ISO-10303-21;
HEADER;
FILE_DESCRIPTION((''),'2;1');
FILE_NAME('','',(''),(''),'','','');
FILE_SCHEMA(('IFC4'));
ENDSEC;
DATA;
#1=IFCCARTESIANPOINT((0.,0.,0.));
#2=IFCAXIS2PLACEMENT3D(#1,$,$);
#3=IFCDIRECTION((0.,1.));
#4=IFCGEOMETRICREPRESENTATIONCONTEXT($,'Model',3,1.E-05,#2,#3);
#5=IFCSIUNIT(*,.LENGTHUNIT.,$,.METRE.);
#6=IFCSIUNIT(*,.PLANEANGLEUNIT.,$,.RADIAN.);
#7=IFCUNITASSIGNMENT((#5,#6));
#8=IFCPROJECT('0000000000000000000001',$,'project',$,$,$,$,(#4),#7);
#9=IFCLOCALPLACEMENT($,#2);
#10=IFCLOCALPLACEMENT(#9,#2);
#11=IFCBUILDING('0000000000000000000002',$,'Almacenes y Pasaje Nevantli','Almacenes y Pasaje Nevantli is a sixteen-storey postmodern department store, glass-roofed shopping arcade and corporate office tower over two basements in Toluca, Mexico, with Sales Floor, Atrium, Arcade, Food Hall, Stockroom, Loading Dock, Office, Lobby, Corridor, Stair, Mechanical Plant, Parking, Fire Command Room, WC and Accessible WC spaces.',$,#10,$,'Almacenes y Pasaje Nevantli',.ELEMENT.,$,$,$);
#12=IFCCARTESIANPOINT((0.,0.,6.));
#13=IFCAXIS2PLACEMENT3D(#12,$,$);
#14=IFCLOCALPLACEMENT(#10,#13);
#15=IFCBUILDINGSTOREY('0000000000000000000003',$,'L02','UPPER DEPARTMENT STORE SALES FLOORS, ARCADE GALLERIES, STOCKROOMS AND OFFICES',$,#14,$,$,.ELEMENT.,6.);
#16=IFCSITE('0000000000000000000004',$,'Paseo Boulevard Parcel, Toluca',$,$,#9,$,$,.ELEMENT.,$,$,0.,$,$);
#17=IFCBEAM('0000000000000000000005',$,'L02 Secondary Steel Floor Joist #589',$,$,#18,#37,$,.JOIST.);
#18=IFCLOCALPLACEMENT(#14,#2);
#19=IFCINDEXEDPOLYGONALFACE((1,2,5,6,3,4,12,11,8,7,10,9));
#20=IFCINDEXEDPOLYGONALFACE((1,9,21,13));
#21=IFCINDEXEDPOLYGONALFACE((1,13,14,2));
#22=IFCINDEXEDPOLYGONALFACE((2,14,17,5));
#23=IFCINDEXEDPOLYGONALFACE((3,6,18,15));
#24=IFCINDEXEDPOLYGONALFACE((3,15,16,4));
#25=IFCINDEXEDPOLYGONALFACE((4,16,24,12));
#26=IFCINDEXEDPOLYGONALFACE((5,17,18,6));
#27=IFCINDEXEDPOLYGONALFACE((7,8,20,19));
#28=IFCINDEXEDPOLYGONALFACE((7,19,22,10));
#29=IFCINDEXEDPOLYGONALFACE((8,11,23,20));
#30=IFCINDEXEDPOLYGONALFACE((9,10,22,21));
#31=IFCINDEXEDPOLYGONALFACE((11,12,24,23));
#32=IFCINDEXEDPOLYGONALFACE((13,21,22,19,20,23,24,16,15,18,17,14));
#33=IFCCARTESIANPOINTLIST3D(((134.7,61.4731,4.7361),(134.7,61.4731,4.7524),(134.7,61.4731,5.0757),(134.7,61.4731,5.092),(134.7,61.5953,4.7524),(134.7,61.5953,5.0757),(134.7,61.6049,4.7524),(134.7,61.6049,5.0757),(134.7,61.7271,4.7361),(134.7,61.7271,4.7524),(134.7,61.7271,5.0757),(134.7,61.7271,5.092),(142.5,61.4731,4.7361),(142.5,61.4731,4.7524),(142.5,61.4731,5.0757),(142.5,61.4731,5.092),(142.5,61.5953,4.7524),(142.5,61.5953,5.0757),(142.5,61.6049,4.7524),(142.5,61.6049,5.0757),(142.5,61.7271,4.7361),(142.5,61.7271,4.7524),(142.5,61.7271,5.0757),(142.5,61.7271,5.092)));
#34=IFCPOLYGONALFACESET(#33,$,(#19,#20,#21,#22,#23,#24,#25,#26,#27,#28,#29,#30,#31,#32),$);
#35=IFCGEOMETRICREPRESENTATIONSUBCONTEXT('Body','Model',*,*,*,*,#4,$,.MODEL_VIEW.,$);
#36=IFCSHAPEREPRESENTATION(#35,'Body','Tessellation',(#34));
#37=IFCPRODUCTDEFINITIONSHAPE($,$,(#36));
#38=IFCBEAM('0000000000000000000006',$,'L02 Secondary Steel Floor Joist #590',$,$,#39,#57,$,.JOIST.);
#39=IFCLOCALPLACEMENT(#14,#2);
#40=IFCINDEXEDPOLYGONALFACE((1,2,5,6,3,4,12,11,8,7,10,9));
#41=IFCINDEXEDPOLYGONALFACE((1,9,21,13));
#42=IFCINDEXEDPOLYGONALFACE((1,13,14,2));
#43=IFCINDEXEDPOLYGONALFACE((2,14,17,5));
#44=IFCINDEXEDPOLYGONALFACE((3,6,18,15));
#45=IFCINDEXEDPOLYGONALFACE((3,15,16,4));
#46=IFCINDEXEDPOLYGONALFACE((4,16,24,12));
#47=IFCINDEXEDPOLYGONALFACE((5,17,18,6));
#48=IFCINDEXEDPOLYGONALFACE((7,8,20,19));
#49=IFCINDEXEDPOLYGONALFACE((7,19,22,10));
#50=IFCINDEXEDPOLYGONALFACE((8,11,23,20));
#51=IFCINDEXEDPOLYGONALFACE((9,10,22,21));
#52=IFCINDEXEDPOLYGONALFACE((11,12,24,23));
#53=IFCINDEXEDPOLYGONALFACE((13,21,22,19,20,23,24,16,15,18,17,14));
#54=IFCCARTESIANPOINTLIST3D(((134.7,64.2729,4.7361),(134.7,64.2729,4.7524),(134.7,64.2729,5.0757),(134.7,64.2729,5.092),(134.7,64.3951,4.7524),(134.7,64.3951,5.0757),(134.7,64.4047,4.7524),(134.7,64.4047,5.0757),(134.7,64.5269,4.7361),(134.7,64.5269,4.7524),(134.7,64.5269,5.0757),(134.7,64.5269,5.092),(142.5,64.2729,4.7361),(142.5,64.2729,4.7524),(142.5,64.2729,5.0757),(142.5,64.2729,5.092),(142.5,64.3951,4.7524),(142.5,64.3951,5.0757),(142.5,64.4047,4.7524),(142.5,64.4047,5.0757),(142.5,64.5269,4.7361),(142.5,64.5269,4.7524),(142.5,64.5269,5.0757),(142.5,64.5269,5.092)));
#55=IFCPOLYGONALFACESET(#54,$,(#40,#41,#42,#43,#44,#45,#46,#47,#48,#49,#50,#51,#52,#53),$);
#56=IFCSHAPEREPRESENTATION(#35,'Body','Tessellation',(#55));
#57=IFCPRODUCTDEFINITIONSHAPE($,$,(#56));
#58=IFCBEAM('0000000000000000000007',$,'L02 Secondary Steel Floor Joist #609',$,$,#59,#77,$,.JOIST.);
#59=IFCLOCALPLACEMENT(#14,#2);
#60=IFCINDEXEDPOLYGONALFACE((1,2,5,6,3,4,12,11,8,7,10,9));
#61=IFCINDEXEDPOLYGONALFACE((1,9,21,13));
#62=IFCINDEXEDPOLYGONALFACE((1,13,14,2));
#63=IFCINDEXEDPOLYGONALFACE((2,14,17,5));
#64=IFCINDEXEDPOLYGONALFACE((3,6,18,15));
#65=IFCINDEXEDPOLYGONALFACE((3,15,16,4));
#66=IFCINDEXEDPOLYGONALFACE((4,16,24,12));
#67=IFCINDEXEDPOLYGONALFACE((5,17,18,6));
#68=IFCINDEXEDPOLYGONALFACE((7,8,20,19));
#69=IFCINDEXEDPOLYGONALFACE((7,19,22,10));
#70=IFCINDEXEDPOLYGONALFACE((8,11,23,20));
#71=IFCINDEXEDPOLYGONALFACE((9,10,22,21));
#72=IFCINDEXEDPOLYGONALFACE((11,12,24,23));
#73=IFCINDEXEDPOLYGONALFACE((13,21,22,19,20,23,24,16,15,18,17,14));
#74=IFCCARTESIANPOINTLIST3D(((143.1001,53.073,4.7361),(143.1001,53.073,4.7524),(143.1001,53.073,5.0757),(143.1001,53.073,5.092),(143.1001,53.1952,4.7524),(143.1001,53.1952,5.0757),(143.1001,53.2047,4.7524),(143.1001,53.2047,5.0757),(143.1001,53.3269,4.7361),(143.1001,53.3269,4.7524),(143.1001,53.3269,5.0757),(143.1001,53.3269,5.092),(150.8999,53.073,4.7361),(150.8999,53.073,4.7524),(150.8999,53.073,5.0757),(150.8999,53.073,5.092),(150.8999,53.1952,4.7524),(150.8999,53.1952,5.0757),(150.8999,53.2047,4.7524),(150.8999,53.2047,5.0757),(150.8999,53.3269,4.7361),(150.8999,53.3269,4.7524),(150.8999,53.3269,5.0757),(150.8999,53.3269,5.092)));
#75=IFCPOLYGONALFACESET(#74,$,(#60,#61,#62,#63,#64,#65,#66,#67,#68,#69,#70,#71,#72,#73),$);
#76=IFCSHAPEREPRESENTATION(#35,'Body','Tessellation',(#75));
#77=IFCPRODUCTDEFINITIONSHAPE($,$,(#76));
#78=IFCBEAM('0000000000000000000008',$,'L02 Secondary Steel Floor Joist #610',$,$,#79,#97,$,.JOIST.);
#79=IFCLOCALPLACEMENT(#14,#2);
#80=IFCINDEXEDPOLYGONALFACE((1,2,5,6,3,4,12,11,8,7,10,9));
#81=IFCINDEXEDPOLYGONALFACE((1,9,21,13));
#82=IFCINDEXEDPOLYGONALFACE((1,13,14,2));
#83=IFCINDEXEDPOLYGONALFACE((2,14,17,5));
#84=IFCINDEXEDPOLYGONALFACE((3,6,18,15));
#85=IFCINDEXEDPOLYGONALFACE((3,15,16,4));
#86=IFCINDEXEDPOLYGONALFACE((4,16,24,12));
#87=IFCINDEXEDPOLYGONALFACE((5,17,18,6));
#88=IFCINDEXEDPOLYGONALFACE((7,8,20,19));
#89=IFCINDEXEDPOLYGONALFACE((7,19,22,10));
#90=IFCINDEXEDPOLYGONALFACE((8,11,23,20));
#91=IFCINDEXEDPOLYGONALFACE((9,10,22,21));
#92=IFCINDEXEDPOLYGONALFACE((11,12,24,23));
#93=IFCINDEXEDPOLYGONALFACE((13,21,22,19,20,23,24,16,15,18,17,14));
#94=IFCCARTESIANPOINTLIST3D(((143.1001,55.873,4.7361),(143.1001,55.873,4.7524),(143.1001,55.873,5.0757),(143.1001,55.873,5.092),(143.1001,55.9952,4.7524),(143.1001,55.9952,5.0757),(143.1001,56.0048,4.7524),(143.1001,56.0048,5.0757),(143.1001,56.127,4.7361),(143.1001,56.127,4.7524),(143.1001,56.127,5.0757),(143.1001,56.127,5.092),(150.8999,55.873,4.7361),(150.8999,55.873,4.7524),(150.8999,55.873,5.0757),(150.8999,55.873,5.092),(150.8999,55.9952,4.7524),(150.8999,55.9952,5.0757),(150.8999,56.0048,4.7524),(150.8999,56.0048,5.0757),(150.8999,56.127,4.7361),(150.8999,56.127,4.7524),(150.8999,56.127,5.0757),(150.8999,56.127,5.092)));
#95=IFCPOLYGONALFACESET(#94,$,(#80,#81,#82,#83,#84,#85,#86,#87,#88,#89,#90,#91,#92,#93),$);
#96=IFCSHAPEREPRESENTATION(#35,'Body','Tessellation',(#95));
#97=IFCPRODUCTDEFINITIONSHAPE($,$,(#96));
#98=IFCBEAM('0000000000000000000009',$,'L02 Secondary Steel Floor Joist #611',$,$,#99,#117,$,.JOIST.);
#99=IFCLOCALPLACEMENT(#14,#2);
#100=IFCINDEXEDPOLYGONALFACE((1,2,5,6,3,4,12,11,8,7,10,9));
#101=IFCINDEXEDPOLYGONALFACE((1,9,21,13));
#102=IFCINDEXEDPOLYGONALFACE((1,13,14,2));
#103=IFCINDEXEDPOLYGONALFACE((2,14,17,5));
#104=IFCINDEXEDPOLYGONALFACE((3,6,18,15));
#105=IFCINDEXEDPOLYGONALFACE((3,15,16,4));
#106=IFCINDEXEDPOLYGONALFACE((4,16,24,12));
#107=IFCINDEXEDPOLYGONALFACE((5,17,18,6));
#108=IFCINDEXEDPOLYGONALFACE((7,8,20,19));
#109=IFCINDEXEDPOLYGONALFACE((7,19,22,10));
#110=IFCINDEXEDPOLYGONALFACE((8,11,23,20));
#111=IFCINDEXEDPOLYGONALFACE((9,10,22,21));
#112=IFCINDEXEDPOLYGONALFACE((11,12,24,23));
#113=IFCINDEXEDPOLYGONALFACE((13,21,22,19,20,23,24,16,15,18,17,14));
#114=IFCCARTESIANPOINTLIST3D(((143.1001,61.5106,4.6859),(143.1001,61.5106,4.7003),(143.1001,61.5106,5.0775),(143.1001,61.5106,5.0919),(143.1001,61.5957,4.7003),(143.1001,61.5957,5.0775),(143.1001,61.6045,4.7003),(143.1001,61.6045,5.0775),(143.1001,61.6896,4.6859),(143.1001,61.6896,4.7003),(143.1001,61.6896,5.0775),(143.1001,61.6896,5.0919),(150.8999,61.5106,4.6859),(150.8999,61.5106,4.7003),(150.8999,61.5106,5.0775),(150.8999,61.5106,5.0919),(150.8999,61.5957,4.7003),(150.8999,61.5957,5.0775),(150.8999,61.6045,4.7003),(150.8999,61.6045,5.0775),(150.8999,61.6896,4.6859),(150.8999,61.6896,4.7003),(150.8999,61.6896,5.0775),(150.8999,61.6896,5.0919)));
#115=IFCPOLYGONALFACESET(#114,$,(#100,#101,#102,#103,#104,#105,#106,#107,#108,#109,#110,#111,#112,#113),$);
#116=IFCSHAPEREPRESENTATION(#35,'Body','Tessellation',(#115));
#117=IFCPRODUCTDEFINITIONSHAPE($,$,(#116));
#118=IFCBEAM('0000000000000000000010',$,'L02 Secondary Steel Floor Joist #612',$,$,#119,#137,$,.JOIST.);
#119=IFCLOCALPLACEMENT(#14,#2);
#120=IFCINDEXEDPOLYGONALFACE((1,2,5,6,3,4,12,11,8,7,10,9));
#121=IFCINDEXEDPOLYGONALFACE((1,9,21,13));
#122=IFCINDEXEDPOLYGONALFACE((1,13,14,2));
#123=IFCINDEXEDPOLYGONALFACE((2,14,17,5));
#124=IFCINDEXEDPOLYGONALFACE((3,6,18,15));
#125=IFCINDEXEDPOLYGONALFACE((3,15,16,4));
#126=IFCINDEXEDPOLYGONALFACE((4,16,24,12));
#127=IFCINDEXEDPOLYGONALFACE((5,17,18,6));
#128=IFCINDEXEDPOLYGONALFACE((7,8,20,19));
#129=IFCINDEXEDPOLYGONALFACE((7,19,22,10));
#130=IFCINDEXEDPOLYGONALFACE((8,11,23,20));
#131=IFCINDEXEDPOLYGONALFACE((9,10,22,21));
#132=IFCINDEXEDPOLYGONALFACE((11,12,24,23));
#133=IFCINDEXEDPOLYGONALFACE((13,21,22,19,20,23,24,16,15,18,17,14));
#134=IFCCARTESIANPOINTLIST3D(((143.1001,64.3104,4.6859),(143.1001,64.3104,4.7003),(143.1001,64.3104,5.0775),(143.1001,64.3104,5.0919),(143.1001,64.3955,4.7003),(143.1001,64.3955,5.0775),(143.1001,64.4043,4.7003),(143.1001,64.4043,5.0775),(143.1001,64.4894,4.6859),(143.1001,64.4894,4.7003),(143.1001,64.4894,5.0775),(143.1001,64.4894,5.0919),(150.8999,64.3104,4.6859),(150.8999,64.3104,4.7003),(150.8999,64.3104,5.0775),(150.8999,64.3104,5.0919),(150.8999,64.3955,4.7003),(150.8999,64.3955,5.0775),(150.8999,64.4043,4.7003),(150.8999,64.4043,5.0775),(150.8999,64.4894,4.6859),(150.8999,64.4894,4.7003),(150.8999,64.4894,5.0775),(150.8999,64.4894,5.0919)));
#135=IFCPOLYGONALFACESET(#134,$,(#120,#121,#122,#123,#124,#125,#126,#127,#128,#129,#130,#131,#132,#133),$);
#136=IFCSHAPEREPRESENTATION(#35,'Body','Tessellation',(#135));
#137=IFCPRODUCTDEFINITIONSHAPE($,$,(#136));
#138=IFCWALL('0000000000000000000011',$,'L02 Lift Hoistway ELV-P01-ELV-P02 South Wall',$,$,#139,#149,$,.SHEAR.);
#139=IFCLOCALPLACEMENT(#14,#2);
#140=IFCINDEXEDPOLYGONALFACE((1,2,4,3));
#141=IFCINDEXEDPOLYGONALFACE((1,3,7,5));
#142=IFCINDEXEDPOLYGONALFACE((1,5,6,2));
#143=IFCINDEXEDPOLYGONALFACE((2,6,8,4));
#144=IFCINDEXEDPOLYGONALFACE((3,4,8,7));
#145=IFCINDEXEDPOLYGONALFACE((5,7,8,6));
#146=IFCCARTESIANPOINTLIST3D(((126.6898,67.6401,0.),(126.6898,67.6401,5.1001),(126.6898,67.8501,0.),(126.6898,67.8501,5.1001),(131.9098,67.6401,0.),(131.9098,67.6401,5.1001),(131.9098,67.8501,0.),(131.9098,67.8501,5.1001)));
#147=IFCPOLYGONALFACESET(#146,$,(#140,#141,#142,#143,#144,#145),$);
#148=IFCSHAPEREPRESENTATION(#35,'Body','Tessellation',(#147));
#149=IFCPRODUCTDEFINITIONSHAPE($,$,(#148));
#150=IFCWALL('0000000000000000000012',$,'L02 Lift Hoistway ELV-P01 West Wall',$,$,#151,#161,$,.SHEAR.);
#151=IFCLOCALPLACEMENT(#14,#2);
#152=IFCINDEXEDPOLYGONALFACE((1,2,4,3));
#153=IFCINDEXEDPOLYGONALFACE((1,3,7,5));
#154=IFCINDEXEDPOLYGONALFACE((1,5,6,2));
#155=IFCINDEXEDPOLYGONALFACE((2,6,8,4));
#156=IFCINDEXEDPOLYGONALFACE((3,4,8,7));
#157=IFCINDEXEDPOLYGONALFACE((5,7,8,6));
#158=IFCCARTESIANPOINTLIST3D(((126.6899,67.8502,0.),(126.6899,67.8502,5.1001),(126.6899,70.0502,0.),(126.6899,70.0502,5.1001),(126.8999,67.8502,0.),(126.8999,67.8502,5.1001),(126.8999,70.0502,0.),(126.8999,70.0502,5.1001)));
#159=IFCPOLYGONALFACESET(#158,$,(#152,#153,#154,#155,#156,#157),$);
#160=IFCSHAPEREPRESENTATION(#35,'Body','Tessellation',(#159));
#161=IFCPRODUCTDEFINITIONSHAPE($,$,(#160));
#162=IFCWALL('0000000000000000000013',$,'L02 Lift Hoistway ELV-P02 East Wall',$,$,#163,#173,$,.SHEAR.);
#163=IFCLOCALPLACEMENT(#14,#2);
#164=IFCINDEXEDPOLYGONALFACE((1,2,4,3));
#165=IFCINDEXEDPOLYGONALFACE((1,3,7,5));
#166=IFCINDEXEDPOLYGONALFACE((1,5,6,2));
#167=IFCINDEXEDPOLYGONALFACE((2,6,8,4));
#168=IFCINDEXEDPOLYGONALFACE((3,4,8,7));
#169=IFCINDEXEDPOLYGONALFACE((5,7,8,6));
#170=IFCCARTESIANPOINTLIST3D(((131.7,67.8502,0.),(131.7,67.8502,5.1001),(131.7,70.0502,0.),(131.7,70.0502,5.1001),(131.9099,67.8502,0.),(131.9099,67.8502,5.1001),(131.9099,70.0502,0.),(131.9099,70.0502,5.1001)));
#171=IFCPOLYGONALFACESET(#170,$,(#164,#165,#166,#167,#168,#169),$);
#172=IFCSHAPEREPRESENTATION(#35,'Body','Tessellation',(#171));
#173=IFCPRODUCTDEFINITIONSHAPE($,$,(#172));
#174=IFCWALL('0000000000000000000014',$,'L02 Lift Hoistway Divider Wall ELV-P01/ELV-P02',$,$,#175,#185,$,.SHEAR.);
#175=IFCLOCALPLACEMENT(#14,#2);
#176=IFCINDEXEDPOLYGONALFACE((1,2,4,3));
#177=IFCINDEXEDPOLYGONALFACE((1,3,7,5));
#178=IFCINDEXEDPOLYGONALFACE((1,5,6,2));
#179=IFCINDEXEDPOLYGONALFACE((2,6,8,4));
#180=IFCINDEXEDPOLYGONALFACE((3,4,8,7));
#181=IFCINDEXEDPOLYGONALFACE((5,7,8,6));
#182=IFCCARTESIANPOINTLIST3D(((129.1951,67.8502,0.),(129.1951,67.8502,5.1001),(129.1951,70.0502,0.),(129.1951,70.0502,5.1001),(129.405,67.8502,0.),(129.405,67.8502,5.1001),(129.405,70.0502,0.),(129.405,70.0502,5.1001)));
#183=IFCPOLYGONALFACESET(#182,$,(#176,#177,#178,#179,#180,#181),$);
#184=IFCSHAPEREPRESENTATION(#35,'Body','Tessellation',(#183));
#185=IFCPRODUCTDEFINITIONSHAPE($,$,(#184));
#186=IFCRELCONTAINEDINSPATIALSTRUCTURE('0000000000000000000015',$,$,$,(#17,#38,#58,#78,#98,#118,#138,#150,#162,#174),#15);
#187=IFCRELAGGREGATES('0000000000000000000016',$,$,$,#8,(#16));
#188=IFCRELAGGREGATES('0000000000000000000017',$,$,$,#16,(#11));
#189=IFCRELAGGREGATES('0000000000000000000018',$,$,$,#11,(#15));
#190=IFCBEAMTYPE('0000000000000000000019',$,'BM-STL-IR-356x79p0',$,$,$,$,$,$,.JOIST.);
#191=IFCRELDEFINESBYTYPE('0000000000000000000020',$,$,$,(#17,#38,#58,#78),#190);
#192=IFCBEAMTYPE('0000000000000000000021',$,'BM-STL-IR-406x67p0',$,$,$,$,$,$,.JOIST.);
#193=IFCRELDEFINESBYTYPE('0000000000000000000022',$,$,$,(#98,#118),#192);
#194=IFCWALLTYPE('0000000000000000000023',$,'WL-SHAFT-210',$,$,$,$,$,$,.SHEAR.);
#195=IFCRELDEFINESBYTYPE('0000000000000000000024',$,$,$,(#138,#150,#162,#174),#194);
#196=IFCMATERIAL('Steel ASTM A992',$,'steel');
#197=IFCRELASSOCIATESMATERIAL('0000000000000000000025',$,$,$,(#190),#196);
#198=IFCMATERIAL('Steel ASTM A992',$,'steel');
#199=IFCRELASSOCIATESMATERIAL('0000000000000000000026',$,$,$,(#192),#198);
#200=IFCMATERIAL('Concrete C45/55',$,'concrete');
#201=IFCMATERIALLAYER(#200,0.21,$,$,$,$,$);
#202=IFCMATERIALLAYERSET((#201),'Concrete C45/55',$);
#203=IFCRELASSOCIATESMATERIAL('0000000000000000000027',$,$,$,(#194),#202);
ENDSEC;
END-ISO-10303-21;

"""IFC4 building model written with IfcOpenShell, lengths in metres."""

from ifc_helpers import new_model, si_unit, direction, frame, frame_2d, origin, origin_2d, place, context, subcontext, project, spatial, rectangle, i_section, extrude, material, layer, layer_set, material_profile, profile_set, type_object, element, save


model = new_model("IFC4")

# Units and contexts
model_context = context("Model", 3, precision=1e-05, world=origin(), true_north=direction((0.0, 1.0)))
body_context = subcontext(model_context, "Body", "Model", "MODEL_VIEW")
ifc_project = project(units=[si_unit("LENGTHUNIT", "METRE"), si_unit("PLANEANGLEUNIT", "RADIAN")], contexts=[model_context])

# Site, building, storey
site_placement = place(None, origin())
site = spatial("IfcSite", under=ifc_project, at=site_placement, Name="Paseo Boulevard Parcel, Toluca", CompositionType="ELEMENT", RefElevation=0.0)
building_placement = place(site_placement, origin())
building = spatial("IfcBuilding", under=site, at=building_placement, Name="Almacenes y Pasaje Nevantli", Description="Almacenes y Pasaje Nevantli is a sixteen-storey postmodern department store, glass-roofed shopping arcade and corporate office tower over two basements in Toluca, Mexico, with Sales Floor, Atrium, Arcade, Food Hall, Stockroom, Loading Dock, Office, Lobby, Corridor, Stair, Mechanical Plant, Parking, Fire Command Room, WC and Accessible WC spaces.", LongName="Almacenes y Pasaje Nevantli", CompositionType="ELEMENT")
storey_placement = place(building_placement, frame((0.0, 0.0, 6.0)))
storey = spatial("IfcBuildingStorey", under=building, at=storey_placement, Name="L02", Description="UPPER DEPARTMENT STORE SALES FLOORS, ARCADE GALLERIES, STOCKROOMS AND OFFICES", CompositionType="ELEMENT", Elevation=6.0)

# Beams
ifc_material_1 = material(Name="Steel ASTM A992", Category="steel")
ifc_material_profile_1 = material_profile(ifc_material_1, i_section(OverallWidth=0.2539, OverallDepth=0.356, WebThickness=0.0095, FlangeThickness=0.0164, at=origin_2d()), Name="IR 356x79.0")
ifc_profile_set_1 = profile_set([ifc_material_profile_1], Name="Steel ASTM A992")
beam_type_1 = type_object("IfcBeamType", Name="BM-STL-IR-356x79p0", PredefinedType="JOIST", material=ifc_profile_set_1)
for number, where, z_axis, x_axis, name in (
    (1, (134.7, 61.6001, 4.9141), (1.0, 0.0, 0.0), (0.0, 1.0, 0.0), "L02 Secondary Steel Floor Joist #589"),
    (2, (134.7, 64.3999, 4.9141), (1.0, 0.0, 0.0), (0.0, 1.0, 0.0), "L02 Secondary Steel Floor Joist #590"),
):
    element("IfcBeam", number, at=place(storey_placement, frame(where, z_axis=z_axis, x_axis=x_axis)), inside=storey, type_object=beam_type_1, Name=name, PredefinedType="JOIST", context=body_context, shape_type="SweptSolid", body=[
        extrude(i_section(OverallWidth=0.2539, OverallDepth=0.356, WebThickness=0.0095, FlangeThickness=0.0164, at=origin_2d()), origin(), (0.0, 0.0, 1.0), 7.8),
    ])
for number, where, z_axis, x_axis, name in (
    (3, (143.1001, 53.2, 4.9141), (1.0, 0.0, 0.0), (0.0, 1.0, 0.0), "L02 Secondary Steel Floor Joist #609"),
    (4, (143.1001, 56.0, 4.9141), (1.0, 0.0, 0.0), (0.0, 1.0, 0.0), "L02 Secondary Steel Floor Joist #610"),
):
    element("IfcBeam", number, at=place(storey_placement, frame(where, z_axis=z_axis, x_axis=x_axis)), inside=storey, type_object=beam_type_1, Name=name, PredefinedType="JOIST", context=body_context, shape_type="SweptSolid", body=[
        extrude(i_section(OverallWidth=0.2539, OverallDepth=0.356, WebThickness=0.0095, FlangeThickness=0.0164, at=origin_2d()), origin(), (0.0, 0.0, 1.0), 7.7998),
    ])
ifc_material_2 = material(Name="Steel ASTM A992", Category="steel")
ifc_material_profile_2 = material_profile(ifc_material_2, i_section(OverallWidth=0.179, OverallDepth=0.406, WebThickness=0.0088, FlangeThickness=0.0144, at=origin_2d()), Name="IR 406x67.0")
ifc_profile_set_2 = profile_set([ifc_material_profile_2], Name="Steel ASTM A992")
beam_type_2 = type_object("IfcBeamType", Name="BM-STL-IR-406x67p0", PredefinedType="JOIST", material=ifc_profile_set_2)
for number, where, z_axis, x_axis, name in (
    (5, (143.1001, 61.6001, 4.8889), (1.0, 0.0, 0.0), (0.0, 1.0, 0.0), "L02 Secondary Steel Floor Joist #611"),
    (6, (143.1001, 64.3999, 4.8889), (1.0, 0.0, 0.0), (0.0, 1.0, 0.0), "L02 Secondary Steel Floor Joist #612"),
):
    element("IfcBeam", number, at=place(storey_placement, frame(where, z_axis=z_axis, x_axis=x_axis)), inside=storey, type_object=beam_type_2, Name=name, PredefinedType="JOIST", context=body_context, shape_type="SweptSolid", body=[
        extrude(i_section(OverallWidth=0.179, OverallDepth=0.406, WebThickness=0.0088, FlangeThickness=0.0144, at=origin_2d()), origin(), (0.0, 0.0, 1.0), 7.7998),
    ])

# Walls
ifc_material_3 = material(Name="Concrete C45/55", Category="concrete")
ifc_layer = layer(ifc_material_3, 0.21)
ifc_layer_set = layer_set([ifc_layer], Name="Concrete C45/55")
wall_type = type_object("IfcWallType", Name="WL-SHAFT-210", PredefinedType="SHEAR", material=ifc_layer_set)
wall_placement = place(storey_placement, frame((126.6899, 67.7451, 0.0), z_axis=(0.0, 0.0, 1.0), x_axis=(1.0, 0.0, 0.0)))
element("IfcWall", 7, at=wall_placement, inside=storey, type_object=wall_type, Name="L02 Lift Hoistway ELV-P01-ELV-P02 South Wall", PredefinedType="SHEAR", context=body_context, shape_type="SweptSolid", body=[
    extrude(rectangle(XDim=5.22, YDim=0.21, at=frame_2d((2.6099, 0.0))), origin(), (0.0, 0.0, 1.0), 5.1001),
])
for number, where, z_axis, x_axis, name in (
    (8, (126.7949, 67.8501, 0.0), (0.0, 0.0, 1.0), (0.0, 1.0, 0.0), "L02 Lift Hoistway ELV-P01 West Wall"),
    (9, (131.8049, 67.8501, 0.0), (0.0, 0.0, 1.0), (0.0, 1.0, 0.0), "L02 Lift Hoistway ELV-P02 East Wall"),
    (10, (129.3, 67.8501, 0.0), (0.0, 0.0, 1.0), (0.0, 1.0, 0.0), "L02 Lift Hoistway Divider Wall ELV-P01/ELV-P02"),
):
    element("IfcWall", number, at=place(storey_placement, frame(where, z_axis=z_axis, x_axis=x_axis)), inside=storey, type_object=wall_type, Name=name, PredefinedType="SHEAR", context=body_context, shape_type="SweptSolid", body=[
        extrude(rectangle(XDim=2.2, YDim=0.21, at=frame_2d((1.1001, 0.0))), origin(), (0.0, 0.0, 1.0), 5.1001),
    ])

save(model, "model.ifc")
